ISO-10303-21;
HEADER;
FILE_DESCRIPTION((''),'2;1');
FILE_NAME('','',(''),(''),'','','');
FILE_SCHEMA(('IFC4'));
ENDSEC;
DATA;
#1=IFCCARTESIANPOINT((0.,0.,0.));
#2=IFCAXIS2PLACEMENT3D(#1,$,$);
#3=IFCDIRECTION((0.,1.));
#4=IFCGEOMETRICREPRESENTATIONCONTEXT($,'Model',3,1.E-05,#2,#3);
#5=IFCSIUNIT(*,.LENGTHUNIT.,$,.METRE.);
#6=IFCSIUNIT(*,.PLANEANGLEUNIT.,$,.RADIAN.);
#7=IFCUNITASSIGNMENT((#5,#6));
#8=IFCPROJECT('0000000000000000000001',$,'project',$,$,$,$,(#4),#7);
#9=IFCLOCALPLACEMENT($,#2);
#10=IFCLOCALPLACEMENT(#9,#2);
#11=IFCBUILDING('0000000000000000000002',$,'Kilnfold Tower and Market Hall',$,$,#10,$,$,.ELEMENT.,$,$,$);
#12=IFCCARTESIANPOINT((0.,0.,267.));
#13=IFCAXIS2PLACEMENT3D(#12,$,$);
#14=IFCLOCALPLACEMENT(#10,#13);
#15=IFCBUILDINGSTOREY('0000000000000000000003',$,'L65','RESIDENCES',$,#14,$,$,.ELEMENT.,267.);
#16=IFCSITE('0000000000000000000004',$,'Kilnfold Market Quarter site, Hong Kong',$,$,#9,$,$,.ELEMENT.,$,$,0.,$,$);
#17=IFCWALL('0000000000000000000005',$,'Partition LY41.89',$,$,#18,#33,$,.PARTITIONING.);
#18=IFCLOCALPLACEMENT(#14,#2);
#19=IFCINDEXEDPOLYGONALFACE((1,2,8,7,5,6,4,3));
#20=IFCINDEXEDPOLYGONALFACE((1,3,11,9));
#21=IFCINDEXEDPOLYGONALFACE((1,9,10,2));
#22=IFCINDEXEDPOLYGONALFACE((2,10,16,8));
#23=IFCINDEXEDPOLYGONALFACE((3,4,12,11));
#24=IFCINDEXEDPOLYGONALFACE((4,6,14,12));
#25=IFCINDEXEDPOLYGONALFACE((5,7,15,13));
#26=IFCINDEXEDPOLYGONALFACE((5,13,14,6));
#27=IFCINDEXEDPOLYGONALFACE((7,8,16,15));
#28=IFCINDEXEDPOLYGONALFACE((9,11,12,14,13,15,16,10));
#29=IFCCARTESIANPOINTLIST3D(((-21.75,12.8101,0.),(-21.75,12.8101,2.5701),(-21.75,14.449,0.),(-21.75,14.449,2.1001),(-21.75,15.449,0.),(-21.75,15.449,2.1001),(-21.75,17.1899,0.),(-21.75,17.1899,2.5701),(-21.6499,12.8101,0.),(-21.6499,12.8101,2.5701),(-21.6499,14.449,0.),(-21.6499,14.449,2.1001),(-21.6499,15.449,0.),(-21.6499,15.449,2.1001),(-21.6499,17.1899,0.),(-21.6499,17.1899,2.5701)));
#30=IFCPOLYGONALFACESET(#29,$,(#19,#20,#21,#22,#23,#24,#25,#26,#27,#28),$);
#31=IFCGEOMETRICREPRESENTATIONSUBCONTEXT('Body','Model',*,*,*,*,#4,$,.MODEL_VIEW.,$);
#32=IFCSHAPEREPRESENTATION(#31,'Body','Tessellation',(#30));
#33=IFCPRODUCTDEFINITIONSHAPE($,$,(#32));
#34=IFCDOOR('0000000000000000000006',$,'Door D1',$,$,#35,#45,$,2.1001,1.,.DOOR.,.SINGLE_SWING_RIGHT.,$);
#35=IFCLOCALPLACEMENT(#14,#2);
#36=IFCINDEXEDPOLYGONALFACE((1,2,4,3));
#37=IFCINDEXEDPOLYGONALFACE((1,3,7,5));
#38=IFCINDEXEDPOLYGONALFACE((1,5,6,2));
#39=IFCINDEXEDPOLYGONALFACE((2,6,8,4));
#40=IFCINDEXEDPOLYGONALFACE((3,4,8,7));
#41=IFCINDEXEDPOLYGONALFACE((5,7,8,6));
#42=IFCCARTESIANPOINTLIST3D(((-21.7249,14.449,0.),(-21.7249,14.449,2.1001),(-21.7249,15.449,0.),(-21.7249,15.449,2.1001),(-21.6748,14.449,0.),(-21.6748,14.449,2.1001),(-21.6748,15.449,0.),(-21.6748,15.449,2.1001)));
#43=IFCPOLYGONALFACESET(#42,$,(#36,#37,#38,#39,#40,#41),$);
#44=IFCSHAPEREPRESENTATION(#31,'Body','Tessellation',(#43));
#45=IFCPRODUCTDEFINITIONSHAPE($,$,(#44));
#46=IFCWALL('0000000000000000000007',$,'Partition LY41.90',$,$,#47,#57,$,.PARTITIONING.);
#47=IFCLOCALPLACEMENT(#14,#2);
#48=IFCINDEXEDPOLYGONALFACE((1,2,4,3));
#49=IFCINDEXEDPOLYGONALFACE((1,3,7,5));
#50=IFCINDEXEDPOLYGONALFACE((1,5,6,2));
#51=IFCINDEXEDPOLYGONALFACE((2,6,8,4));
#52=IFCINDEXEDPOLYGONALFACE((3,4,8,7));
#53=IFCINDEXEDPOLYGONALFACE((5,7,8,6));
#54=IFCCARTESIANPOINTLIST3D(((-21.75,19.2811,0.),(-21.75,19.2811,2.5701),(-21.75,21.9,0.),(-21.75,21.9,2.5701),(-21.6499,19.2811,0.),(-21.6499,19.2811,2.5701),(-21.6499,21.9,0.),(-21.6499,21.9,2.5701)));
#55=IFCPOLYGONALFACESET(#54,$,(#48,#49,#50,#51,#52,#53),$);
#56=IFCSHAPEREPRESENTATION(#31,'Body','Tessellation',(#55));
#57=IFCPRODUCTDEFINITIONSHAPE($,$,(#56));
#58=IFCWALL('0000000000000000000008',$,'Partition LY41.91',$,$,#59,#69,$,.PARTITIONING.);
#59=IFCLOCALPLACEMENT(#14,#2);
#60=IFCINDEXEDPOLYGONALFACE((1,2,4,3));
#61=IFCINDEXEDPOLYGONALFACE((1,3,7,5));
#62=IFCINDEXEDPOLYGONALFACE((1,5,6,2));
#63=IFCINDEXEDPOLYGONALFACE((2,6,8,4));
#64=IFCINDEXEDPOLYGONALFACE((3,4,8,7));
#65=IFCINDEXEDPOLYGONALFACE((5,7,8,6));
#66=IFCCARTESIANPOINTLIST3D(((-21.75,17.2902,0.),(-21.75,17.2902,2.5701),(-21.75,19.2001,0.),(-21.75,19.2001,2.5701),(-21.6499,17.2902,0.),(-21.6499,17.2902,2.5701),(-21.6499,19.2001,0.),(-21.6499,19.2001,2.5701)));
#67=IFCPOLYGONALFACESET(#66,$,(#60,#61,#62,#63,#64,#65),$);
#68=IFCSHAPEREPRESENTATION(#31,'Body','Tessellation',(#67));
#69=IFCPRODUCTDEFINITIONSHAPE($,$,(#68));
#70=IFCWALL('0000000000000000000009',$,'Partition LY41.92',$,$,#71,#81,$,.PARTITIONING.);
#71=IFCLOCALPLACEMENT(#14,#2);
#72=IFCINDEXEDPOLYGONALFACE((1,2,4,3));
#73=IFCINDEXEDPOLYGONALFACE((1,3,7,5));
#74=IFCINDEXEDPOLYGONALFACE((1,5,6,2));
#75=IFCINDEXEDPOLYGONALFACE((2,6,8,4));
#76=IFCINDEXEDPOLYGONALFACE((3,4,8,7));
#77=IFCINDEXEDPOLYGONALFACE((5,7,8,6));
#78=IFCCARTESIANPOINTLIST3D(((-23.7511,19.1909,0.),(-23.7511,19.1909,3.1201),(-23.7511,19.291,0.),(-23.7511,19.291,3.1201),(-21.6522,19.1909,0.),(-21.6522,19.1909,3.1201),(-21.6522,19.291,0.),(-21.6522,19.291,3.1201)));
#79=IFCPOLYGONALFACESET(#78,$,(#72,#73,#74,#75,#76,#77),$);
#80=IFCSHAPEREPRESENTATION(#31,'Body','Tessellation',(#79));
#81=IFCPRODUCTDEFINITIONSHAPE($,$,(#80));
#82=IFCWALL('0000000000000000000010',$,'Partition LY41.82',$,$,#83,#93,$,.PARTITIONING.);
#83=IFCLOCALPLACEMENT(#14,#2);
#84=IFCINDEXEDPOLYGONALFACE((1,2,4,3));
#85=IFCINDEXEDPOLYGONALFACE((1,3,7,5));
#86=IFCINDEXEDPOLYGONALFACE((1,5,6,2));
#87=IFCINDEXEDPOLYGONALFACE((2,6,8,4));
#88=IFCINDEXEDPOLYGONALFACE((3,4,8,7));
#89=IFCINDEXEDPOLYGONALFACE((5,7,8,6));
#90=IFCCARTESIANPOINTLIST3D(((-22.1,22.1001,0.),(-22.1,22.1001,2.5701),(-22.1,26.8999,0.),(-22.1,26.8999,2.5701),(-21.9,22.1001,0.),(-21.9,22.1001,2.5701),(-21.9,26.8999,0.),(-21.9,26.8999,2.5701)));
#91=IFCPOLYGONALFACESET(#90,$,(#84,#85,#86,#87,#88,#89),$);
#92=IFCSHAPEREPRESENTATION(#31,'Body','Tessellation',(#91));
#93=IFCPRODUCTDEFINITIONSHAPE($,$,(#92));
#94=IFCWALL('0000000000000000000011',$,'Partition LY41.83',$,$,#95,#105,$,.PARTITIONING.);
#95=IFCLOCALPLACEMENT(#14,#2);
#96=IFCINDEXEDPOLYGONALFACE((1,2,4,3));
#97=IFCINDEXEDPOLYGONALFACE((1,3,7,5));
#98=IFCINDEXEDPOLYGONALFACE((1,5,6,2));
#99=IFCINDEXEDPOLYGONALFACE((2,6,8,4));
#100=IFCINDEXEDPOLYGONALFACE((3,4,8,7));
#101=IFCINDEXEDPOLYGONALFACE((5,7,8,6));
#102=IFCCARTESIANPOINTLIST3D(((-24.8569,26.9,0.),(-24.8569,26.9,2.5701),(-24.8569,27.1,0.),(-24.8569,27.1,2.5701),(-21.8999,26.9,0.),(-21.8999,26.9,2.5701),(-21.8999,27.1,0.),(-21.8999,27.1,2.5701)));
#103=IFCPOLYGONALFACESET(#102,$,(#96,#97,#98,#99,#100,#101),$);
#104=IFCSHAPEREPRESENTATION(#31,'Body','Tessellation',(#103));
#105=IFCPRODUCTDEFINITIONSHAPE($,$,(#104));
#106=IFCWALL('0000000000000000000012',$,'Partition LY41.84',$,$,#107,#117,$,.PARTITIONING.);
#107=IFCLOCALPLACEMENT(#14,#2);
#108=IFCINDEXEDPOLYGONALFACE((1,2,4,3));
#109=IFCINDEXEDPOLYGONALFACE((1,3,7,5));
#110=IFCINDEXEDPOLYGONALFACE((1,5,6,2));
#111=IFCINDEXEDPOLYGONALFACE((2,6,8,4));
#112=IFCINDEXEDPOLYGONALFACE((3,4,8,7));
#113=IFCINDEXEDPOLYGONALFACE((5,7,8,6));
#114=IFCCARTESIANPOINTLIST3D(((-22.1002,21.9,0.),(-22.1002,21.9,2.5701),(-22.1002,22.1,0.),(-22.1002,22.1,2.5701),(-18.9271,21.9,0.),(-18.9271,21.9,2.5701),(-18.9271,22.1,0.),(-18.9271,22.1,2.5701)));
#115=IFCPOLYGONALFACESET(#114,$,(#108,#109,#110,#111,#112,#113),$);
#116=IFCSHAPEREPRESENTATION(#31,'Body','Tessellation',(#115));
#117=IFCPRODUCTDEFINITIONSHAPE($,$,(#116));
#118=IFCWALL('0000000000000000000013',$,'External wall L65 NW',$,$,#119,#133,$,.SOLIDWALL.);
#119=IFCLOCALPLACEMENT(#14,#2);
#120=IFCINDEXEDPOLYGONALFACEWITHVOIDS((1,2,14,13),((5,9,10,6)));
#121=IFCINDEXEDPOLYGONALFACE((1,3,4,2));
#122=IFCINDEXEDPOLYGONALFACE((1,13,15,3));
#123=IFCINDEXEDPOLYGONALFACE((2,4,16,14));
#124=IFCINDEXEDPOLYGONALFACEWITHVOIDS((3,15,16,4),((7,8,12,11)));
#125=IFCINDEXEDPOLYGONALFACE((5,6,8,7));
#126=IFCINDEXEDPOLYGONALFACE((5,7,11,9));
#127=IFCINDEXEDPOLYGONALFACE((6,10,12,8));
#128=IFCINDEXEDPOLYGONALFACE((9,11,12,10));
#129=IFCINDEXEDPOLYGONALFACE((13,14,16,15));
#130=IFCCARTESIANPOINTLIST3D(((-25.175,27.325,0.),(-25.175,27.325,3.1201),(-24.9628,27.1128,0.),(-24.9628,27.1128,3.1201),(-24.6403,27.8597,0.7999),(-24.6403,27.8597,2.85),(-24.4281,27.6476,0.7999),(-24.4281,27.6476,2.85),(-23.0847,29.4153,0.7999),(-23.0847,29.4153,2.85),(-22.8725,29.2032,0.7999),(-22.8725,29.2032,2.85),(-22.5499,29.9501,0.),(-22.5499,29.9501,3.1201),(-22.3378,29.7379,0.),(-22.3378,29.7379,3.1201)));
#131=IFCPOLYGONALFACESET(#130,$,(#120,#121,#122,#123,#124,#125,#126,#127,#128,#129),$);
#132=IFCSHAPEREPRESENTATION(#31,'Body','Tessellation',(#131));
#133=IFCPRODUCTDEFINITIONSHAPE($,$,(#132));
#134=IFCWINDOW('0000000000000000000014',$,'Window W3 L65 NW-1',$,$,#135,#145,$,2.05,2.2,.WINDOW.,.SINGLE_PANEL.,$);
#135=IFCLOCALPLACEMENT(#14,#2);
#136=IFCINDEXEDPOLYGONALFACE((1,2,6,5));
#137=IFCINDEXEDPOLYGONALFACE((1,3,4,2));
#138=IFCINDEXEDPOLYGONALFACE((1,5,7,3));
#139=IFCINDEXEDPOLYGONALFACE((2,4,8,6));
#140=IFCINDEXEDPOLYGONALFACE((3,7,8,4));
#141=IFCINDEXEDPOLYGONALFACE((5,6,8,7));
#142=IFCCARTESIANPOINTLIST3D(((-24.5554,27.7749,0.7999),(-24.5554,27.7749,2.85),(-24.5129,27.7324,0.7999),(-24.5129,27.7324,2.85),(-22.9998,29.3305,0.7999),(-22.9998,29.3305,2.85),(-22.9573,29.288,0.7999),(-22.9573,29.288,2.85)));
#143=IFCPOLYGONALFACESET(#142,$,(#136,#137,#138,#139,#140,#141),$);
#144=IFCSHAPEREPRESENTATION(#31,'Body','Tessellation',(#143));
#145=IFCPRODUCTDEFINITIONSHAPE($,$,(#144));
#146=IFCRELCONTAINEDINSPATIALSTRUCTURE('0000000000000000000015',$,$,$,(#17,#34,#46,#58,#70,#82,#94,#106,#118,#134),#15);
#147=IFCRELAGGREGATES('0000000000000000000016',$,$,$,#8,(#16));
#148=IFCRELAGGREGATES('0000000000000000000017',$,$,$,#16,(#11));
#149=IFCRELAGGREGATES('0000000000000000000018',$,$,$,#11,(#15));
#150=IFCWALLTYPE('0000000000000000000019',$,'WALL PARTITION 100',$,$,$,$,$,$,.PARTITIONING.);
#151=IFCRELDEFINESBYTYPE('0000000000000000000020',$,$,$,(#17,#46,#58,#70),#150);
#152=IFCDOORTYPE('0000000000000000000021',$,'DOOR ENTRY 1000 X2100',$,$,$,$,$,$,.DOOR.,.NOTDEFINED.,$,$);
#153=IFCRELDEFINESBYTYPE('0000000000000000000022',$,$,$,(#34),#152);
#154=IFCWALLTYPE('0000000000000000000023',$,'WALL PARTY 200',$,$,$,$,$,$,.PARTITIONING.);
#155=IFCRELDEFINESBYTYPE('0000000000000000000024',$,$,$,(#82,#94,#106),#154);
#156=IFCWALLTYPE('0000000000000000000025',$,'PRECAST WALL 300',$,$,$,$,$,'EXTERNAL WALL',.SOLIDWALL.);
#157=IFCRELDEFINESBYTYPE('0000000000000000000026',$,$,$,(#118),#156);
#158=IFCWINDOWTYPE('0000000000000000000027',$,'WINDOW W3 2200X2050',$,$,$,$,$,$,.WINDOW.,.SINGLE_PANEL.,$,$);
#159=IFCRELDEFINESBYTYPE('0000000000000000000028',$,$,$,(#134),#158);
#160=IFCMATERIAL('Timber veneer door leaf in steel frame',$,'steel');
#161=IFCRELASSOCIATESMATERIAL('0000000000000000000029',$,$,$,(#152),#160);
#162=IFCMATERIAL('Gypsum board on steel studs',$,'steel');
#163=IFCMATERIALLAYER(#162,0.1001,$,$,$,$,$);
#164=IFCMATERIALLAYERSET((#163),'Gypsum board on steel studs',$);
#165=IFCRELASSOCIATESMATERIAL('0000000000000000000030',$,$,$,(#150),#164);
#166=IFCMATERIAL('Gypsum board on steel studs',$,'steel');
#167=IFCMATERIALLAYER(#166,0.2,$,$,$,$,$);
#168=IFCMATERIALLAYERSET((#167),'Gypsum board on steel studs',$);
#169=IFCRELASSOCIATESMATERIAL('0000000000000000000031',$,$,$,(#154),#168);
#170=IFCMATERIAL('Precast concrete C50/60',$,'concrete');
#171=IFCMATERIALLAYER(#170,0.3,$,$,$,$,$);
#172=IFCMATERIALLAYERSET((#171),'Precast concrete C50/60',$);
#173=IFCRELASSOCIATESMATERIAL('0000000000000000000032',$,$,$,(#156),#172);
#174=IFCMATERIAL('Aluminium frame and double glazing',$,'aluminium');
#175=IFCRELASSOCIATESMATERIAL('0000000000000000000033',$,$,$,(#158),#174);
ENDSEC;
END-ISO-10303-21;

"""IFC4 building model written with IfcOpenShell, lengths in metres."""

from ifc_helpers import new_model, si_unit, direction, frame, frame_2d, origin, place, context, subcontext, project, spatial, rectangle, extrude, source, transform, mapped, material, layer, layer_set, type_object, element, fill, save


model = new_model("IFC4")

# Units and contexts
model_context = context("Model", 3, precision=1e-05, world=origin(), true_north=direction((0.0, 1.0)))
body_context = subcontext(model_context, "Body", "Model", "MODEL_VIEW")
ifc_project = project(units=[si_unit("LENGTHUNIT", "METRE"), si_unit("PLANEANGLEUNIT", "RADIAN")], contexts=[model_context])

# Site, building, storey
site_placement = place(None, origin())
site = spatial("IfcSite", under=ifc_project, at=site_placement, Name="Kilnfold Market Quarter site, Hong Kong", CompositionType="ELEMENT", RefElevation=0.0)
building_placement = place(site_placement, origin())
building = spatial("IfcBuilding", under=site, at=building_placement, Name="Kilnfold Tower and Market Hall", CompositionType="ELEMENT")
storey_placement = place(building_placement, frame((0.0, 0.0, 267.0)))
storey = spatial("IfcBuildingStorey", under=building, at=storey_placement, Name="L65", Description="RESIDENCES", CompositionType="ELEMENT", Elevation=267.0)

# Shared definitions
ifc_material_1 = material(Name="Timber veneer door leaf in steel frame", Category="steel")
door_type_1 = type_object("IfcDoorType", Name="DOOR ENTRY 1000 X2100", OperationType="NOTDEFINED", PredefinedType="DOOR", material=ifc_material_1)

# Wall, opening, door
ifc_material_2 = material(Name="Gypsum board on steel studs", Category="steel")
ifc_layer_1 = layer(ifc_material_2, 0.1001)
ifc_layer_set_1 = layer_set([ifc_layer_1], Name="Gypsum board on steel studs")
wall_type_1 = type_object("IfcWallType", Name="WALL PARTITION 100", PredefinedType="PARTITIONING", material=ifc_layer_set_1)
wall_1_placement = place(storey_placement, frame((-21.7, 12.8101, 0.0), z_axis=(0.0, 0.0, 1.0), x_axis=(0.0, 1.0, 0.0)))
wall_1 = element("IfcWall", 1, at=wall_1_placement, inside=storey, type_object=wall_type_1, Name="Partition LY41.89", PredefinedType="PARTITIONING", context=body_context, shape_type="SweptSolid", body=[
    extrude(rectangle(XDim=4.3799, YDim=0.1001, at=frame_2d((2.1899, 0.0))), origin(), (0.0, 0.0, 1.0), 2.5701),
])
opening_1_placement = place(wall_1_placement, frame((1.6389, 0.0, 0.0)))
opening_1 = element("IfcOpeningElement", 2, at=opening_1_placement, cuts=wall_1, PredefinedType="OPENING", context=body_context, shape_type="SweptSolid", body=[
    extrude(rectangle(XDim=1.0, YDim=2.1001, at=frame_2d((0.5, 1.05))), frame((0.0, 0.0601, 0.0), z_axis=(0.0, -1.0, 0.0), x_axis=(1.0, 0.0, 0.0)), (0.0, 0.0, 1.0), 0.1201),
])
door_1_placement = place(opening_1_placement, origin())
door_1 = element("IfcDoor", 3, at=door_1_placement, inside=storey, type_object=door_type_1, Name="Door D1", OperationType="SINGLE_SWING_RIGHT", OverallHeight=2.1001, OverallWidth=1.0, PredefinedType="DOOR", context=body_context, shape_type="SweptSolid", body=[
    extrude(rectangle(XDim=1.0, YDim=2.1001, at=frame_2d((0.5, 1.05))), frame((0.0, 0.0249, 0.0), z_axis=(0.0, -1.0, 0.0), x_axis=(1.0, 0.0, 0.0)), (0.0, 0.0, 1.0), 0.05),
])
fill(opening_1, door_1)

# Walls
wall_2_placement = place(storey_placement, frame((-21.7, 19.281, 0.0), z_axis=(0.0, 0.0, 1.0), x_axis=(0.0, 1.0, 0.0)))
element("IfcWall", 4, at=wall_2_placement, inside=storey, type_object=wall_type_1, Name="Partition LY41.90", PredefinedType="PARTITIONING", context=body_context, shape_type="SweptSolid", body=[
    extrude(rectangle(XDim=2.6189, YDim=0.1001, at=frame_2d((1.3096, 0.0))), origin(), (0.0, 0.0, 1.0), 2.5701),
])
wall_3_placement = place(storey_placement, frame((-21.7, 17.29, 0.0), z_axis=(0.0, 0.0, 1.0), x_axis=(0.0, 1.0, 0.0)))
element("IfcWall", 5, at=wall_3_placement, inside=storey, type_object=wall_type_1, Name="Partition LY41.91", PredefinedType="PARTITIONING", context=body_context, shape_type="SweptSolid", body=[
    extrude(rectangle(XDim=1.9099, YDim=0.1001, at=frame_2d((0.9551, 0.0))), origin(), (0.0, 0.0, 1.0), 2.5701),
])
wall_4_placement = place(storey_placement, frame((-23.751, 19.241, 0.0), z_axis=(0.0, 0.0, 1.0), x_axis=(1.0, 0.0, 0.0)))
element("IfcWall", 6, at=wall_4_placement, inside=storey, type_object=wall_type_1, Name="Partition LY41.92", PredefinedType="PARTITIONING", context=body_context, shape_type="SweptSolid", body=[
    extrude(rectangle(XDim=2.0989, YDim=0.1001, at=frame_2d((1.0493, 0.0))), origin(), (0.0, 0.0, 1.0), 3.1201),
])
ifc_material_3 = material(Name="Gypsum board on steel studs", Category="steel")
ifc_layer_2 = layer(ifc_material_3, 0.2)
ifc_layer_set_2 = layer_set([ifc_layer_2], Name="Gypsum board on steel studs")
wall_type_2 = type_object("IfcWallType", Name="WALL PARTY 200", PredefinedType="PARTITIONING", material=ifc_layer_set_2)
wall_5_placement = place(storey_placement, frame((-22.0, 22.1001, 0.0), z_axis=(0.0, 0.0, 1.0), x_axis=(0.0, 1.0, 0.0)))
element("IfcWall", 7, at=wall_5_placement, inside=storey, type_object=wall_type_2, Name="Partition LY41.82", PredefinedType="PARTITIONING", context=body_context, shape_type="SweptSolid", body=[
    extrude(rectangle(XDim=4.7998, YDim=0.2, at=frame_2d((2.3999, 0.0))), origin(), (0.0, 0.0, 1.0), 2.5701),
])
wall_6_placement = place(storey_placement, frame((-24.8569, 27.0, 0.0), z_axis=(0.0, 0.0, 1.0), x_axis=(1.0, 0.0, 0.0)))
element("IfcWall", 8, at=wall_6_placement, inside=storey, type_object=wall_type_2, Name="Partition LY41.83", PredefinedType="PARTITIONING", context=body_context, shape_type="SweptSolid", body=[
    extrude(rectangle(XDim=2.957, YDim=0.2, at=frame_2d((1.4785, 0.0))), origin(), (0.0, 0.0, 1.0), 2.5701),
])
wall_7_placement = place(storey_placement, frame((-22.1001, 22.0, 0.0), z_axis=(0.0, 0.0, 1.0), x_axis=(1.0, 0.0, 0.0)))
element("IfcWall", 9, at=wall_7_placement, inside=storey, type_object=wall_type_2, Name="Partition LY41.84", PredefinedType="PARTITIONING", context=body_context, shape_type="SweptSolid", body=[
    extrude(rectangle(XDim=3.1731, YDim=0.2, at=frame_2d((1.5864, 0.0))), origin(), (0.0, 0.0, 1.0), 2.5701),
])

# Wall, opening, window
ifc_material_4 = material(Name="Precast concrete C50/60", Category="concrete")
ifc_layer_3 = layer(ifc_material_4, 0.3)
ifc_layer_set_3 = layer_set([ifc_layer_3], Name="Precast concrete C50/60")
wall_type_3 = type_object("IfcWallType", Name="PRECAST WALL 300", ElementType="EXTERNAL WALL", PredefinedType="SOLIDWALL", material=ifc_layer_set_3)
shared_shape_1 = source(origin(), body_context, "Body", "SweptSolid", [
    extrude(rectangle(XDim=3.7124, YDim=0.3, at=frame_2d((1.8562, 0.0))), origin(), (0.0, 0.0, 1.0), 3.1201),
])
wall_8_placement = place(storey_placement, frame((-22.4438, 29.844, 0.0), z_axis=(0.0, 0.0, 1.0), x_axis=(-0.707107, -0.707107, 0.0)))
wall_8 = element("IfcWall", 10, at=wall_8_placement, inside=storey, type_object=wall_type_3, Name="External wall L65 NW", PredefinedType="SOLIDWALL", context=body_context, shape_type="MappedRepresentation", body=[
    mapped(shared_shape_1, transform((0.0, 0.0, 0.0))),
])
opening_2_placement = place(wall_8_placement, frame((0.7561, 0.0, 0.8)))
opening_2 = element("IfcOpeningElement", 11, at=opening_2_placement, cuts=wall_8, PredefinedType="OPENING", context=body_context, shape_type="SweptSolid", body=[
    extrude(rectangle(XDim=2.2, YDim=2.05, at=frame_2d((1.1001, 1.0249))), frame((0.0, 0.1602, 0.0), z_axis=(0.0, -1.0, 0.0), x_axis=(1.0, 0.0, 0.0)), (0.0, 0.0, 1.0), 0.3201),
])
ifc_material_5 = material(Name="Aluminium frame and double glazing", Category="aluminium")
window_type = type_object("IfcWindowType", Name="WINDOW W3 2200X2050", PartitioningType="SINGLE_PANEL", PredefinedType="WINDOW", material=ifc_material_5)
window_1_placement = place(opening_2_placement, origin())
window_1 = element("IfcWindow", 12, at=window_1_placement, inside=storey, type_object=window_type, Name="Window W3 L65 NW-1", OverallHeight=2.05, OverallWidth=2.2, PartitioningType="SINGLE_PANEL", PredefinedType="WINDOW", context=body_context, shape_type="SweptSolid", body=[
    extrude(rectangle(XDim=2.2, YDim=2.05, at=frame_2d((1.1001, 1.0249))), frame((0.0, 0.03, 0.0), z_axis=(0.0, -1.0, 0.0), x_axis=(1.0, 0.0, 0.0)), (0.0, 0.0, 1.0), 0.0601),
])
fill(opening_2, window_1)

save(model, "model.ifc")
